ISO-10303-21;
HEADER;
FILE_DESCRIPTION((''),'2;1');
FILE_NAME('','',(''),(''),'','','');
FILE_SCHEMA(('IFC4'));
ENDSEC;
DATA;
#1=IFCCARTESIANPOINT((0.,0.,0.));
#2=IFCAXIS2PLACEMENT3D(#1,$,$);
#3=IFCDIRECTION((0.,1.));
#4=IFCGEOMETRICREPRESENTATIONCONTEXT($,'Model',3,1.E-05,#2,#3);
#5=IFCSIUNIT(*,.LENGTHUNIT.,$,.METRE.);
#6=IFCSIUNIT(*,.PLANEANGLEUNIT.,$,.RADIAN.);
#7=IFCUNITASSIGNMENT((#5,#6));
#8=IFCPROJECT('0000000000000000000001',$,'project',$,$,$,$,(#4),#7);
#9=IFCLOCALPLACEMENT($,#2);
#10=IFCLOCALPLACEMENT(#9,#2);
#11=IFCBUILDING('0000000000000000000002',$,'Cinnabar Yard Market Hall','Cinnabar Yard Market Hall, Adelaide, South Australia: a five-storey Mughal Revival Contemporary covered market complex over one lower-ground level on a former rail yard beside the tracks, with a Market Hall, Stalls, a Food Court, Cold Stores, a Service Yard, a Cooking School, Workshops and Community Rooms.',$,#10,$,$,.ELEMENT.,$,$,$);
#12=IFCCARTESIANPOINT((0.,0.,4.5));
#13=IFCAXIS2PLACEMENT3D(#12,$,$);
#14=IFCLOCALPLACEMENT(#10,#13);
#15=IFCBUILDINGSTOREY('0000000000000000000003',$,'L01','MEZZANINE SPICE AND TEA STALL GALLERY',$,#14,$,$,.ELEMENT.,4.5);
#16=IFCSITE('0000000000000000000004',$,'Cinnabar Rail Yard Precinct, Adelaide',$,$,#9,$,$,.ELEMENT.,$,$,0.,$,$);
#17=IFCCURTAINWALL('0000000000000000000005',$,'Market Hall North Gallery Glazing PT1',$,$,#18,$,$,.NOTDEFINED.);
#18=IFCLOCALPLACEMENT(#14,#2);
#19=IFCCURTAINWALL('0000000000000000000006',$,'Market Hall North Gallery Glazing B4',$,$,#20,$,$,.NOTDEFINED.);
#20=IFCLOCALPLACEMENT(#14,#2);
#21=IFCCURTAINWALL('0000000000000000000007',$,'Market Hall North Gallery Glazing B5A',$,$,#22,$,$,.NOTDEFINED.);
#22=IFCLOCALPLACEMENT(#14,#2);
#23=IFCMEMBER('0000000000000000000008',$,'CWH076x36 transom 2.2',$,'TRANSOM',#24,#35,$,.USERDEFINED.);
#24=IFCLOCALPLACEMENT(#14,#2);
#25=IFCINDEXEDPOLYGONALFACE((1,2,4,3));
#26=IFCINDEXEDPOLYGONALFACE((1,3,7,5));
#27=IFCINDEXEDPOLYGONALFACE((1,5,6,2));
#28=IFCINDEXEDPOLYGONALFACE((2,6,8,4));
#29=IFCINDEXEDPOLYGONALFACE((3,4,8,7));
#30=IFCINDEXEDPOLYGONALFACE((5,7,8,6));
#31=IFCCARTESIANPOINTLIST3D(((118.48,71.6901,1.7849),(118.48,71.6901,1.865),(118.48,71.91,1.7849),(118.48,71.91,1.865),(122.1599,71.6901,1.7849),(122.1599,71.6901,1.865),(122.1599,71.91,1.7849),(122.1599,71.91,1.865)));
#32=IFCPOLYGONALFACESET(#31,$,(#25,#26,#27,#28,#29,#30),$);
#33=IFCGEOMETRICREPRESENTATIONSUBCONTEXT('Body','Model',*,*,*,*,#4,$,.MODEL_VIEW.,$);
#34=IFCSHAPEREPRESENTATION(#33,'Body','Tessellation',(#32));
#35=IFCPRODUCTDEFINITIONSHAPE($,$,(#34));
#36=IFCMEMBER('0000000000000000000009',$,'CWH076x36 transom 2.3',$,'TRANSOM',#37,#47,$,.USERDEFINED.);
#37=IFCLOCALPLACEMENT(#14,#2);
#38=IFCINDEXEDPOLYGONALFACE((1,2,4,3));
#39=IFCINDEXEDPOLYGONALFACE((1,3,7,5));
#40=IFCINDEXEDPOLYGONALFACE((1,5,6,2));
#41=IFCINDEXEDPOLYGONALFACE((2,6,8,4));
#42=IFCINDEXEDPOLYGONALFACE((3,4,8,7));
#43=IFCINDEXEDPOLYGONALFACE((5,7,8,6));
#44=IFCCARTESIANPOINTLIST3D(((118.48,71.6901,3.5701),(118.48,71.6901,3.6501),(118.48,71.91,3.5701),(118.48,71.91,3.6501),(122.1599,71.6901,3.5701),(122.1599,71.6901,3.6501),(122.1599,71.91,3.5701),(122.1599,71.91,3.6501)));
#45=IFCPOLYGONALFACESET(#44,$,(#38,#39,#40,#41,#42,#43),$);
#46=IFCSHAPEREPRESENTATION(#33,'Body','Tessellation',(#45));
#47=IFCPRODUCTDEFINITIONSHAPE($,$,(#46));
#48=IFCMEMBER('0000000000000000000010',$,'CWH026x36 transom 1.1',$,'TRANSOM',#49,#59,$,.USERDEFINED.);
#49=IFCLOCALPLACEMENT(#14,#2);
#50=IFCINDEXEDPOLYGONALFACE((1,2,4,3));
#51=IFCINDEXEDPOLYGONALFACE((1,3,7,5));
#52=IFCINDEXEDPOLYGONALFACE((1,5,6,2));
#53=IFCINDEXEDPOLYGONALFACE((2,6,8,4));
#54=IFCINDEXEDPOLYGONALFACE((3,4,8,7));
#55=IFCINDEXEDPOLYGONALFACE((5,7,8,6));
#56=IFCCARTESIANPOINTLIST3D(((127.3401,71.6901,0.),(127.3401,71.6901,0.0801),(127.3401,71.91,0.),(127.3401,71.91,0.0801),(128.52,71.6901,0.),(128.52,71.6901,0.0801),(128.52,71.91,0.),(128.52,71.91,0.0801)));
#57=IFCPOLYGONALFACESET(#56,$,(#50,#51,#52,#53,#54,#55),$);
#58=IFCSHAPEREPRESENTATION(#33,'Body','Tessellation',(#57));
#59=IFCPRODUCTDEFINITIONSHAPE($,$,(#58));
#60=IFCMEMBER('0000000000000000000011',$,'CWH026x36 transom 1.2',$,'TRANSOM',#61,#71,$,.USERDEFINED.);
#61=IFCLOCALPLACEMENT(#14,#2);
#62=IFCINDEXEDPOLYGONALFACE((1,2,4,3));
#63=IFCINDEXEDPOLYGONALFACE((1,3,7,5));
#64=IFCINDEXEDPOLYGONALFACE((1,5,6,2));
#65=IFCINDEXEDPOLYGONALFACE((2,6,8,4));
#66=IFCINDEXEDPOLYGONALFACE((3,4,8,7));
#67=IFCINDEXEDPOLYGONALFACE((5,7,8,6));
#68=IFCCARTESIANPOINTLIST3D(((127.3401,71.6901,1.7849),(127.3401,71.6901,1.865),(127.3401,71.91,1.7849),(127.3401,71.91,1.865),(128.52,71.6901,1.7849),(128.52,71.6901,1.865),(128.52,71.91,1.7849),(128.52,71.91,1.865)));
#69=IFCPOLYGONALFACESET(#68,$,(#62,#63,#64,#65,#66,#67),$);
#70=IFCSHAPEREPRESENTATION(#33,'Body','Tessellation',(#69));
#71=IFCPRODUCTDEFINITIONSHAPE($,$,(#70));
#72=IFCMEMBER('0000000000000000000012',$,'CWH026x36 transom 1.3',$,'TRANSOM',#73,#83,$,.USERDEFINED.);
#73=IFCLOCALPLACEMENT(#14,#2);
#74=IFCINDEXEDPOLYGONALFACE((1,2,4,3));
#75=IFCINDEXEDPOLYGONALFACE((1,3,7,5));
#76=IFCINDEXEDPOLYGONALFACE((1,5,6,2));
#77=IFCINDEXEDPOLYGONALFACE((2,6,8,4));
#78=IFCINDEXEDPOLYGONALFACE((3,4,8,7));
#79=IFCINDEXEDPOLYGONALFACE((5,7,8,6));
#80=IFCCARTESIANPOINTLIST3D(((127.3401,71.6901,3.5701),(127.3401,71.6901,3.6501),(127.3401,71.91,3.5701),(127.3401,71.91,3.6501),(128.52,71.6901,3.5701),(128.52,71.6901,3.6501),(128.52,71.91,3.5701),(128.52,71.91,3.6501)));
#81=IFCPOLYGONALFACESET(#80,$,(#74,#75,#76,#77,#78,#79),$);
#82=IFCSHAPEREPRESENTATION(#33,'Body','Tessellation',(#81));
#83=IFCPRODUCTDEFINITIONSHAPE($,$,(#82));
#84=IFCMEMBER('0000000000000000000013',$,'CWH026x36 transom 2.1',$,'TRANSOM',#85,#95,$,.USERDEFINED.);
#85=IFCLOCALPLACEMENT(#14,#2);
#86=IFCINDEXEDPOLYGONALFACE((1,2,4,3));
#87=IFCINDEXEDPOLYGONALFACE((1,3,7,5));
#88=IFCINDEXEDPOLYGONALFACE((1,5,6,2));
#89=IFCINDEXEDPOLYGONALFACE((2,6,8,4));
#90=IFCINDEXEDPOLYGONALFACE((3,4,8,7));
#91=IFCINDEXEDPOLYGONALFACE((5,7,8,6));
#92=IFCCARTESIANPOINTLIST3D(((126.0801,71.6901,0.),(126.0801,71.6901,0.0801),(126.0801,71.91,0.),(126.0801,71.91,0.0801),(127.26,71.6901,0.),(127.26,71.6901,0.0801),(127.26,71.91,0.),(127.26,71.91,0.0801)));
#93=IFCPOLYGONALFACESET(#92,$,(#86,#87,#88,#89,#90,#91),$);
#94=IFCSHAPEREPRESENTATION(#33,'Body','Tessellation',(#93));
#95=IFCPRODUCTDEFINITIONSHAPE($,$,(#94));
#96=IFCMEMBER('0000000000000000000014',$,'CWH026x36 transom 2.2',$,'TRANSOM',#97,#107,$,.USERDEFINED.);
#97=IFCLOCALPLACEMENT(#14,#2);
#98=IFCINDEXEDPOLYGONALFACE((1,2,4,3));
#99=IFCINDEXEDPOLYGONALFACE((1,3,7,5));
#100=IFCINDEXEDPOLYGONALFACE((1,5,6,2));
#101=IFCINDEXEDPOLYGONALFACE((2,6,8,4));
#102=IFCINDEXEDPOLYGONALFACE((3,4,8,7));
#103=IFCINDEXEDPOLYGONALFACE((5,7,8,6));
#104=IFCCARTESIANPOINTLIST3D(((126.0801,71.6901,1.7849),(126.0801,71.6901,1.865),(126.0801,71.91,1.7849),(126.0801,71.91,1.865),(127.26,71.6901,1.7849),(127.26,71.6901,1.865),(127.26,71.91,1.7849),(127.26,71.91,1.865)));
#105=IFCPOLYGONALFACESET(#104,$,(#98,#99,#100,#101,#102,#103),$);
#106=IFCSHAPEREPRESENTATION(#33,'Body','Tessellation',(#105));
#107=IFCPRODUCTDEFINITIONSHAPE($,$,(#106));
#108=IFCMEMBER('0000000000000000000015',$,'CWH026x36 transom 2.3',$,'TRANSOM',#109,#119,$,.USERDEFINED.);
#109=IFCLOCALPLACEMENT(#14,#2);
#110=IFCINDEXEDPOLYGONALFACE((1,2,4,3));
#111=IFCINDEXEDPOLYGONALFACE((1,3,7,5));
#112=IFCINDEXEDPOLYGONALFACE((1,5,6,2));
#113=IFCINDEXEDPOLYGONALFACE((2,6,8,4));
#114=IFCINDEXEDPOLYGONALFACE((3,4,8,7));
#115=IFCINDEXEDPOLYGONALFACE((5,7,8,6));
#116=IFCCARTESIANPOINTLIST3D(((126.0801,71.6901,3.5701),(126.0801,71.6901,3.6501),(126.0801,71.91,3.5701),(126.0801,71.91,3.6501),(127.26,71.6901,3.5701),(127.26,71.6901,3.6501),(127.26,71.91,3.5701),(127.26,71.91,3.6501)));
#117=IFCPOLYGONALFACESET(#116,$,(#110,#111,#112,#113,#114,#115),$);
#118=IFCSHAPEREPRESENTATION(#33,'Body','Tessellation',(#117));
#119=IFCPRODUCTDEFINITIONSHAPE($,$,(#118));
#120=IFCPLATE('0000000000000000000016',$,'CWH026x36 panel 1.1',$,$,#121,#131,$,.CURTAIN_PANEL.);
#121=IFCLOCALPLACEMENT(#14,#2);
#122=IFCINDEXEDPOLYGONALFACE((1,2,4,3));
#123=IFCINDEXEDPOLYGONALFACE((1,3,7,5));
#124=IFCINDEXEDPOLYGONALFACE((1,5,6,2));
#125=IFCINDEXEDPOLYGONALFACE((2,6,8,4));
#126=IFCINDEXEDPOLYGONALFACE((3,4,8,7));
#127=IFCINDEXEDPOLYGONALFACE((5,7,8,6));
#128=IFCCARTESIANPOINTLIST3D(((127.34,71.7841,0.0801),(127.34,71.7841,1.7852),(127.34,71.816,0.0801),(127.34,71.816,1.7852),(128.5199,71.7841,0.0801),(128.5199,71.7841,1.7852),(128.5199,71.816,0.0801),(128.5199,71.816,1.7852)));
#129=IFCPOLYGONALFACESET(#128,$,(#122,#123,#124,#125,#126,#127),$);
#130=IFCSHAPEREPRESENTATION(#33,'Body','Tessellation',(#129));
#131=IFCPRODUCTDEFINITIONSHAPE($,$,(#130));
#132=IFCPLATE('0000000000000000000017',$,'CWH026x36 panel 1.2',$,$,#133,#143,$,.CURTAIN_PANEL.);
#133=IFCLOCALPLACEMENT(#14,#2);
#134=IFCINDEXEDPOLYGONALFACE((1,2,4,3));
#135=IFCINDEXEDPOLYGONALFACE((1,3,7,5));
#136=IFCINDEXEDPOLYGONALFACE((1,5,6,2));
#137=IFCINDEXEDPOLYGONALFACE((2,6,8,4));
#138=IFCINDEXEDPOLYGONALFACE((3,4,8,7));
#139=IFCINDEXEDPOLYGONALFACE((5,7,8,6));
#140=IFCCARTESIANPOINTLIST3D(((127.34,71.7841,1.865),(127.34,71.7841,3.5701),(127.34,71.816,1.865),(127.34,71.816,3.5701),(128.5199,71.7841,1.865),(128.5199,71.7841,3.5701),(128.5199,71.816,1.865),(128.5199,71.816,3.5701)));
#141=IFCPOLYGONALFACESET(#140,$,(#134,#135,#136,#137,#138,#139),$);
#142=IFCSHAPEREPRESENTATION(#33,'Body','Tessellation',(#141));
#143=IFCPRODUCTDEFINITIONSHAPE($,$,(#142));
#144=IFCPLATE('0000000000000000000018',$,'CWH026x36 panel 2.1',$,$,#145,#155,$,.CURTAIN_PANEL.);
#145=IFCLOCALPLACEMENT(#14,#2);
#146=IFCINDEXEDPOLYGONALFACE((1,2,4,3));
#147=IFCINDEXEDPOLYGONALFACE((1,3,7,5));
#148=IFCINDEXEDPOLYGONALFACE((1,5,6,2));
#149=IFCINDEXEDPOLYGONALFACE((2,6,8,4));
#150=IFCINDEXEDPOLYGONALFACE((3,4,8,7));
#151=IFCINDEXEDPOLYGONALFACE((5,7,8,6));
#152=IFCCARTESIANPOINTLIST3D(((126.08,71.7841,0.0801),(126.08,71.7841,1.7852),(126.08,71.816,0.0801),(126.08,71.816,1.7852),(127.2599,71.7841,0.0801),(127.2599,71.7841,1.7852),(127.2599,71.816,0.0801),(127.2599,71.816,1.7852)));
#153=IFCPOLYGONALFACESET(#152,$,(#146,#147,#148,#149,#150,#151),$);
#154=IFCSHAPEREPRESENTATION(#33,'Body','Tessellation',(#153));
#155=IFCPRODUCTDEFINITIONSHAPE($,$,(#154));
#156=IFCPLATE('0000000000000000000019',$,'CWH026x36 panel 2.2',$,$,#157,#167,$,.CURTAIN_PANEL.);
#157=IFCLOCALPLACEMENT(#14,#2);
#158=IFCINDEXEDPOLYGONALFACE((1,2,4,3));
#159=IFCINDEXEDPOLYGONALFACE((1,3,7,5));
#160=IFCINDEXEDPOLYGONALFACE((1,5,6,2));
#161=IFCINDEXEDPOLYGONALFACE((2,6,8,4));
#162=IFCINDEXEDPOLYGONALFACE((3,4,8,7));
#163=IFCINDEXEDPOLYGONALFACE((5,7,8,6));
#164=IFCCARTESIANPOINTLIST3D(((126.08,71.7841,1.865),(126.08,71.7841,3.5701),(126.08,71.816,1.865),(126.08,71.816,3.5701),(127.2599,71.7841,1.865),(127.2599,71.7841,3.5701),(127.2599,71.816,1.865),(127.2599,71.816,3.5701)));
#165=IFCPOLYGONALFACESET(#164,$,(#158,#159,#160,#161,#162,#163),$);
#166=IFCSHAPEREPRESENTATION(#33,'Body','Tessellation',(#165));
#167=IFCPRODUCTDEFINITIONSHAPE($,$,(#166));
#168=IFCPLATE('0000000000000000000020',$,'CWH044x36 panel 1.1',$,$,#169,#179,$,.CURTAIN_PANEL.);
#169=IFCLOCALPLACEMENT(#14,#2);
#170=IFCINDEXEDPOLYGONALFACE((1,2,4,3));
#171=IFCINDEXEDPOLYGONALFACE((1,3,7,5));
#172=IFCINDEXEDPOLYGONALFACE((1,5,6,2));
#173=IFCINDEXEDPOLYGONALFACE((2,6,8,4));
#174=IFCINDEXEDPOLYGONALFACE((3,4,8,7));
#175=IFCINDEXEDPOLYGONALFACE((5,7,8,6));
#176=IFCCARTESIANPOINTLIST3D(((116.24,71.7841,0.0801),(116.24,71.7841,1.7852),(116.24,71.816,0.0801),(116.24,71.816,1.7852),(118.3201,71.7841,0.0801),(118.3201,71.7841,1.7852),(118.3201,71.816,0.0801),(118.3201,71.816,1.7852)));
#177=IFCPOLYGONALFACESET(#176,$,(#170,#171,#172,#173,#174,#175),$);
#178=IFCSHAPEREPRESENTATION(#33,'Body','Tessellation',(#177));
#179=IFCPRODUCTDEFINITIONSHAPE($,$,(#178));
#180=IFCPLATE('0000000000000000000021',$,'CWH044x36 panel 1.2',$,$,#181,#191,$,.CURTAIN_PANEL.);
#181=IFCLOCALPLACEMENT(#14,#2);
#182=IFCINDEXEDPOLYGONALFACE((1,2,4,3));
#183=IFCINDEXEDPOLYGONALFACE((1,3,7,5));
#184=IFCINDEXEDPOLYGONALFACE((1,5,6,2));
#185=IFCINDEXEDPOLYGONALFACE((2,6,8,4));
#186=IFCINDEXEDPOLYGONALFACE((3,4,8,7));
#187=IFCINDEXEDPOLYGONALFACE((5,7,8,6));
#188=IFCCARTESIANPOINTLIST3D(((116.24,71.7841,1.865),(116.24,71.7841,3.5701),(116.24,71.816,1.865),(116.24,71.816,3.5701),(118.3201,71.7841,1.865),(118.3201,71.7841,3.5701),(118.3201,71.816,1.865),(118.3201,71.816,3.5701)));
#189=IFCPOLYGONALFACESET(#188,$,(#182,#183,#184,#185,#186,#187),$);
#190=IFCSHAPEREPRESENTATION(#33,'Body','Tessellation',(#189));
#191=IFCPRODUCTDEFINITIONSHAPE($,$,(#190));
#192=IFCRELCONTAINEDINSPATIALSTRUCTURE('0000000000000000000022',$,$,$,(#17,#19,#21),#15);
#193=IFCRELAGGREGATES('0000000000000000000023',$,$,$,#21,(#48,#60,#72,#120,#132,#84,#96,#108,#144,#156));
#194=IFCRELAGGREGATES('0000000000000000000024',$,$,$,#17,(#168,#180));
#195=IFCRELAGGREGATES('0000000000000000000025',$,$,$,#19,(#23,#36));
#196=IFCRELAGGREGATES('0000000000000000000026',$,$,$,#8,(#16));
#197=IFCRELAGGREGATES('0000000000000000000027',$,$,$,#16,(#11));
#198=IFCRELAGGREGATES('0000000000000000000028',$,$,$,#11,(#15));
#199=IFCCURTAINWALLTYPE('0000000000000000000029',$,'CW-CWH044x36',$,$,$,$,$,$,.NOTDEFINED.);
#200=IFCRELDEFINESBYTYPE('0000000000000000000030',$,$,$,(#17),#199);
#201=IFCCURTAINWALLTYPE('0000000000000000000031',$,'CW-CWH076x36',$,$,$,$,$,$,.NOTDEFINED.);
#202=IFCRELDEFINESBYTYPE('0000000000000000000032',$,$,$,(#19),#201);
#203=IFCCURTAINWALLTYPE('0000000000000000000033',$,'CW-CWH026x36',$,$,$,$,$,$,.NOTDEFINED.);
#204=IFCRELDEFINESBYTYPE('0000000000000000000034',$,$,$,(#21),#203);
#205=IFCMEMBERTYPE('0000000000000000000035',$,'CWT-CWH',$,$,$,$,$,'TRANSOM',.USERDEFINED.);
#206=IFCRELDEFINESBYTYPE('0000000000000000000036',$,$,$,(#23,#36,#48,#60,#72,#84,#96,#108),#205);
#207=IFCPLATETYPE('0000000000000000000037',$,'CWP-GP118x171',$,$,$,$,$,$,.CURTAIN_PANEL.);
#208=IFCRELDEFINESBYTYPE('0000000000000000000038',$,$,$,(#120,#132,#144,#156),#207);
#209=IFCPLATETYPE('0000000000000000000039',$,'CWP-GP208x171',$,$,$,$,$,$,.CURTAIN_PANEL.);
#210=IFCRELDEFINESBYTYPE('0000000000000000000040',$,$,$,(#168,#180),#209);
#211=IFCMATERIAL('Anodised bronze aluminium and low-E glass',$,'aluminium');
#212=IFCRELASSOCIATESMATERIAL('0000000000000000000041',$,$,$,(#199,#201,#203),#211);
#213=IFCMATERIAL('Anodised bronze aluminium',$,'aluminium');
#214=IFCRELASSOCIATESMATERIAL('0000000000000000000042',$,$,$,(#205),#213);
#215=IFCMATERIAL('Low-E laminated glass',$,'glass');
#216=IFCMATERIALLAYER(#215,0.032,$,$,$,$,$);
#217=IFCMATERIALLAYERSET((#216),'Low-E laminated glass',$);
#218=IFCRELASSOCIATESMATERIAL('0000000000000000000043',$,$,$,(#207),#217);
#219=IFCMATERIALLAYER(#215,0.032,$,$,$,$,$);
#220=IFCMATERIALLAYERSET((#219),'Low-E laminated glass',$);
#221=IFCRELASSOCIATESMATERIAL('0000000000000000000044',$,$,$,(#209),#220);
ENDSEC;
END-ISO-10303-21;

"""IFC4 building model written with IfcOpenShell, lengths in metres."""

from ifc_helpers import new_model, si_unit, direction, frame, origin, origin_2d_with_axis, place, context, subcontext, project, spatial, rectangle, extrude, material, layer, layer_set, material_profile, profile_set, type_object, element, aggregate, save


model = new_model("IFC4")

# Units and contexts
model_context = context("Model", 3, precision=1e-05, world=origin(), true_north=direction((0.0, 1.0)))
body_context = subcontext(model_context, "Body", "Model", "MODEL_VIEW")
ifc_project = project(units=[si_unit("LENGTHUNIT", "METRE"), si_unit("PLANEANGLEUNIT", "RADIAN")], contexts=[model_context])

# Site, building, storey
site_placement = place(None, origin())
site = spatial("IfcSite", under=ifc_project, at=site_placement, Name="Cinnabar Rail Yard Precinct, Adelaide", CompositionType="ELEMENT", RefElevation=0.0)
building_placement = place(site_placement, origin())
building = spatial("IfcBuilding", under=site, at=building_placement, Name="Cinnabar Yard Market Hall", Description="Cinnabar Yard Market Hall, Adelaide, South Australia: a five-storey Mughal Revival Contemporary covered market complex over one lower-ground level on a former rail yard beside the tracks, with a Market Hall, Stalls, a Food Court, Cold Stores, a Service Yard, a Cooking School, Workshops and Community Rooms.", CompositionType="ELEMENT")
storey_placement = place(building_placement, frame((0.0, 0.0, 4.5)))
storey = spatial("IfcBuildingStorey", under=building, at=storey_placement, Name="L01", Description="MEZZANINE SPICE AND TEA STALL GALLERY", CompositionType="ELEMENT", Elevation=4.5)

# Curtain wall
ifc_material_1 = material(Name="Anodised bronze aluminium and low-E glass", Category="aluminium")
curtain_wall_type_1 = type_object("IfcCurtainWallType", Name="CW-CWH044x36", PredefinedType="NOTDEFINED", material=ifc_material_1)
curtain_wall_1_placement = place(storey_placement, origin())
curtain_wall_1 = element("IfcCurtainWall", 1, at=curtain_wall_1_placement, inside=storey, type_object=curtain_wall_type_1, Name="Market Hall North Gallery Glazing PT1", PredefinedType="NOTDEFINED")
ifc_material_2 = material(Name="Anodised bronze aluminium", Category="aluminium")

# Curtain walls
curtain_wall_type_2 = type_object("IfcCurtainWallType", Name="CW-CWH076x36", PredefinedType="NOTDEFINED", material=ifc_material_1)
curtain_wall_2_placement = place(storey_placement, origin())
curtain_wall_2 = element("IfcCurtainWall", 2, at=curtain_wall_2_placement, inside=storey, type_object=curtain_wall_type_2, Name="Market Hall North Gallery Glazing B4", PredefinedType="NOTDEFINED")
curtain_wall_type_3 = type_object("IfcCurtainWallType", Name="CW-CWH026x36", PredefinedType="NOTDEFINED", material=ifc_material_1)
curtain_wall_3_placement = place(storey_placement, origin())
curtain_wall_3 = element("IfcCurtainWall", 3, at=curtain_wall_3_placement, inside=storey, type_object=curtain_wall_type_3, Name="Market Hall North Gallery Glazing B5A", PredefinedType="NOTDEFINED")

# Members
ifc_material_profile_1 = material_profile(ifc_material_2, rectangle(XDim=0.22, YDim=0.0801, at=origin_2d_with_axis()), Name="TRN-CWH")
ifc_profile_set_1 = profile_set([ifc_material_profile_1], Name="Anodised bronze aluminium")
member_type_1 = type_object("IfcMemberType", Name="CWT-CWH", ElementType="TRANSOM", PredefinedType="USERDEFINED", material=ifc_profile_set_1)
member_1_placement = place(storey_placement, frame((122.1599, 71.8, 1.825), z_axis=(-1.0, 0.0, 0.0), x_axis=(0.0, -1.0, 0.0)))
member_1 = element("IfcMember", 4, at=member_1_placement, type_object=member_type_1, Name="CWH076x36 transom 2.2", ObjectType="TRANSOM", PredefinedType="USERDEFINED", context=body_context, shape_type="SweptSolid", body=[
    extrude(rectangle(XDim=0.22, YDim=0.0801, at=origin_2d_with_axis()), origin(), (0.0, 0.0, 1.0), 3.6799),
])
member_2_placement = place(storey_placement, frame((122.1599, 71.8, 3.6101), z_axis=(-1.0, 0.0, 0.0), x_axis=(0.0, -1.0, 0.0)))
member_2 = element("IfcMember", 5, at=member_2_placement, type_object=member_type_1, Name="CWH076x36 transom 2.3", ObjectType="TRANSOM", PredefinedType="USERDEFINED", context=body_context, shape_type="SweptSolid", body=[
    extrude(rectangle(XDim=0.22, YDim=0.0801, at=origin_2d_with_axis()), origin(), (0.0, 0.0, 1.0), 3.6799),
])
member_3_placement = place(storey_placement, frame((128.52, 71.8, 0.04), z_axis=(-1.0, 0.0, 0.0), x_axis=(0.0, -1.0, 0.0)))
member_3 = element("IfcMember", 6, at=member_3_placement, type_object=member_type_1, Name="CWH026x36 transom 1.1", ObjectType="TRANSOM", PredefinedType="USERDEFINED", context=body_context, shape_type="SweptSolid", body=[
    extrude(rectangle(XDim=0.22, YDim=0.0801, at=origin_2d_with_axis()), origin(), (0.0, 0.0, 1.0), 1.1799),
])
member_4_placement = place(storey_placement, frame((128.52, 71.8, 1.825), z_axis=(-1.0, 0.0, 0.0), x_axis=(0.0, -1.0, 0.0)))
member_4 = element("IfcMember", 7, at=member_4_placement, type_object=member_type_1, Name="CWH026x36 transom 1.2", ObjectType="TRANSOM", PredefinedType="USERDEFINED", context=body_context, shape_type="SweptSolid", body=[
    extrude(rectangle(XDim=0.22, YDim=0.0801, at=origin_2d_with_axis()), origin(), (0.0, 0.0, 1.0), 1.1799),
])
member_5_placement = place(storey_placement, frame((128.52, 71.8, 3.6101), z_axis=(-1.0, 0.0, 0.0), x_axis=(0.0, -1.0, 0.0)))
member_5 = element("IfcMember", 8, at=member_5_placement, type_object=member_type_1, Name="CWH026x36 transom 1.3", ObjectType="TRANSOM", PredefinedType="USERDEFINED", context=body_context, shape_type="SweptSolid", body=[
    extrude(rectangle(XDim=0.22, YDim=0.0801, at=origin_2d_with_axis()), origin(), (0.0, 0.0, 1.0), 1.1799),
])
member_6_placement = place(storey_placement, frame((127.26, 71.8, 0.04), z_axis=(-1.0, 0.0, 0.0), x_axis=(0.0, -1.0, 0.0)))
member_6 = element("IfcMember", 9, at=member_6_placement, type_object=member_type_1, Name="CWH026x36 transom 2.1", ObjectType="TRANSOM", PredefinedType="USERDEFINED", context=body_context, shape_type="SweptSolid", body=[
    extrude(rectangle(XDim=0.22, YDim=0.0801, at=origin_2d_with_axis()), origin(), (0.0, 0.0, 1.0), 1.1799),
])
member_7_placement = place(storey_placement, frame((127.26, 71.8, 1.825), z_axis=(-1.0, 0.0, 0.0), x_axis=(0.0, -1.0, 0.0)))
member_7 = element("IfcMember", 10, at=member_7_placement, type_object=member_type_1, Name="CWH026x36 transom 2.2", ObjectType="TRANSOM", PredefinedType="USERDEFINED", context=body_context, shape_type="SweptSolid", body=[
    extrude(rectangle(XDim=0.22, YDim=0.0801, at=origin_2d_with_axis()), origin(), (0.0, 0.0, 1.0), 1.1799),
])
member_8_placement = place(storey_placement, frame((127.26, 71.8, 3.6101), z_axis=(-1.0, 0.0, 0.0), x_axis=(0.0, -1.0, 0.0)))
member_8 = element("IfcMember", 11, at=member_8_placement, type_object=member_type_1, Name="CWH026x36 transom 2.3", ObjectType="TRANSOM", PredefinedType="USERDEFINED", context=body_context, shape_type="SweptSolid", body=[
    extrude(rectangle(XDim=0.22, YDim=0.0801, at=origin_2d_with_axis()), origin(), (0.0, 0.0, 1.0), 1.1799),
])

# Plates
ifc_material_3 = material(Name="Low-E laminated glass", Category="glass")
ifc_layer_1 = layer(ifc_material_3, 0.032)
ifc_layer_set_1 = layer_set([ifc_layer_1], Name="Low-E laminated glass")
plate_type_1 = type_object("IfcPlateType", Name="CWP-GP118x171", PredefinedType="CURTAIN_PANEL", material=ifc_layer_set_1)
plate_1_placement = place(storey_placement, frame((127.9299, 71.8, 0.0801), z_axis=(0.0, 0.0, 1.0), x_axis=(-1.0, 0.0, 0.0)))
plate_1 = element("IfcPlate", 12, at=plate_1_placement, type_object=plate_type_1, Name="CWH026x36 panel 1.1", PredefinedType="CURTAIN_PANEL", context=body_context, shape_type="SweptSolid", body=[
    extrude(rectangle(XDim=1.1799, YDim=0.032, at=origin_2d_with_axis()), origin(), (0.0, 0.0, 1.0), 1.7051),
])
plate_2_placement = place(storey_placement, frame((127.9299, 71.8, 1.865), z_axis=(0.0, 0.0, 1.0), x_axis=(-1.0, 0.0, 0.0)))
plate_2 = element("IfcPlate", 13, at=plate_2_placement, type_object=plate_type_1, Name="CWH026x36 panel 1.2", PredefinedType="CURTAIN_PANEL", context=body_context, shape_type="SweptSolid", body=[
    extrude(rectangle(XDim=1.1799, YDim=0.032, at=origin_2d_with_axis()), origin(), (0.0, 0.0, 1.0), 1.7051),
])
plate_3_placement = place(storey_placement, frame((126.6699, 71.8, 0.0801), z_axis=(0.0, 0.0, 1.0), x_axis=(-1.0, 0.0, 0.0)))
plate_3 = element("IfcPlate", 14, at=plate_3_placement, type_object=plate_type_1, Name="CWH026x36 panel 2.1", PredefinedType="CURTAIN_PANEL", context=body_context, shape_type="SweptSolid", body=[
    extrude(rectangle(XDim=1.1799, YDim=0.032, at=origin_2d_with_axis()), origin(), (0.0, 0.0, 1.0), 1.7051),
])
plate_4_placement = place(storey_placement, frame((126.6699, 71.8, 1.865), z_axis=(0.0, 0.0, 1.0), x_axis=(-1.0, 0.0, 0.0)))
plate_4 = element("IfcPlate", 15, at=plate_4_placement, type_object=plate_type_1, Name="CWH026x36 panel 2.2", PredefinedType="CURTAIN_PANEL", context=body_context, shape_type="SweptSolid", body=[
    extrude(rectangle(XDim=1.1799, YDim=0.032, at=origin_2d_with_axis()), origin(), (0.0, 0.0, 1.0), 1.7051),
])
aggregate(curtain_wall_3, [member_3, member_4, member_5, plate_1, plate_2, member_6, member_7, member_8, plate_3, plate_4])
ifc_layer_2 = layer(ifc_material_3, 0.032)
ifc_layer_set_2 = layer_set([ifc_layer_2], Name="Low-E laminated glass")
plate_type_2 = type_object("IfcPlateType", Name="CWP-GP208x171", PredefinedType="CURTAIN_PANEL", material=ifc_layer_set_2)
plate_5_placement = place(storey_placement, frame((117.28, 71.8, 0.0801), z_axis=(0.0, 0.0, 1.0), x_axis=(-1.0, 0.0, 0.0)))
plate_5 = element("IfcPlate", 16, at=plate_5_placement, type_object=plate_type_2, Name="CWH044x36 panel 1.1", PredefinedType="CURTAIN_PANEL", context=body_context, shape_type="SweptSolid", body=[
    extrude(rectangle(XDim=2.0801, YDim=0.032, at=origin_2d_with_axis()), origin(), (0.0, 0.0, 1.0), 1.7051),
])
plate_6_placement = place(storey_placement, frame((117.28, 71.8, 1.865), z_axis=(0.0, 0.0, 1.0), x_axis=(-1.0, 0.0, 0.0)))
plate_6 = element("IfcPlate", 17, at=plate_6_placement, type_object=plate_type_2, Name="CWH044x36 panel 1.2", PredefinedType="CURTAIN_PANEL", context=body_context, shape_type="SweptSolid", body=[
    extrude(rectangle(XDim=2.0801, YDim=0.032, at=origin_2d_with_axis()), origin(), (0.0, 0.0, 1.0), 1.7051),
])
aggregate(curtain_wall_1, [plate_5, plate_6])
aggregate(curtain_wall_2, [member_1, member_2])

save(model, "model.ifc")
